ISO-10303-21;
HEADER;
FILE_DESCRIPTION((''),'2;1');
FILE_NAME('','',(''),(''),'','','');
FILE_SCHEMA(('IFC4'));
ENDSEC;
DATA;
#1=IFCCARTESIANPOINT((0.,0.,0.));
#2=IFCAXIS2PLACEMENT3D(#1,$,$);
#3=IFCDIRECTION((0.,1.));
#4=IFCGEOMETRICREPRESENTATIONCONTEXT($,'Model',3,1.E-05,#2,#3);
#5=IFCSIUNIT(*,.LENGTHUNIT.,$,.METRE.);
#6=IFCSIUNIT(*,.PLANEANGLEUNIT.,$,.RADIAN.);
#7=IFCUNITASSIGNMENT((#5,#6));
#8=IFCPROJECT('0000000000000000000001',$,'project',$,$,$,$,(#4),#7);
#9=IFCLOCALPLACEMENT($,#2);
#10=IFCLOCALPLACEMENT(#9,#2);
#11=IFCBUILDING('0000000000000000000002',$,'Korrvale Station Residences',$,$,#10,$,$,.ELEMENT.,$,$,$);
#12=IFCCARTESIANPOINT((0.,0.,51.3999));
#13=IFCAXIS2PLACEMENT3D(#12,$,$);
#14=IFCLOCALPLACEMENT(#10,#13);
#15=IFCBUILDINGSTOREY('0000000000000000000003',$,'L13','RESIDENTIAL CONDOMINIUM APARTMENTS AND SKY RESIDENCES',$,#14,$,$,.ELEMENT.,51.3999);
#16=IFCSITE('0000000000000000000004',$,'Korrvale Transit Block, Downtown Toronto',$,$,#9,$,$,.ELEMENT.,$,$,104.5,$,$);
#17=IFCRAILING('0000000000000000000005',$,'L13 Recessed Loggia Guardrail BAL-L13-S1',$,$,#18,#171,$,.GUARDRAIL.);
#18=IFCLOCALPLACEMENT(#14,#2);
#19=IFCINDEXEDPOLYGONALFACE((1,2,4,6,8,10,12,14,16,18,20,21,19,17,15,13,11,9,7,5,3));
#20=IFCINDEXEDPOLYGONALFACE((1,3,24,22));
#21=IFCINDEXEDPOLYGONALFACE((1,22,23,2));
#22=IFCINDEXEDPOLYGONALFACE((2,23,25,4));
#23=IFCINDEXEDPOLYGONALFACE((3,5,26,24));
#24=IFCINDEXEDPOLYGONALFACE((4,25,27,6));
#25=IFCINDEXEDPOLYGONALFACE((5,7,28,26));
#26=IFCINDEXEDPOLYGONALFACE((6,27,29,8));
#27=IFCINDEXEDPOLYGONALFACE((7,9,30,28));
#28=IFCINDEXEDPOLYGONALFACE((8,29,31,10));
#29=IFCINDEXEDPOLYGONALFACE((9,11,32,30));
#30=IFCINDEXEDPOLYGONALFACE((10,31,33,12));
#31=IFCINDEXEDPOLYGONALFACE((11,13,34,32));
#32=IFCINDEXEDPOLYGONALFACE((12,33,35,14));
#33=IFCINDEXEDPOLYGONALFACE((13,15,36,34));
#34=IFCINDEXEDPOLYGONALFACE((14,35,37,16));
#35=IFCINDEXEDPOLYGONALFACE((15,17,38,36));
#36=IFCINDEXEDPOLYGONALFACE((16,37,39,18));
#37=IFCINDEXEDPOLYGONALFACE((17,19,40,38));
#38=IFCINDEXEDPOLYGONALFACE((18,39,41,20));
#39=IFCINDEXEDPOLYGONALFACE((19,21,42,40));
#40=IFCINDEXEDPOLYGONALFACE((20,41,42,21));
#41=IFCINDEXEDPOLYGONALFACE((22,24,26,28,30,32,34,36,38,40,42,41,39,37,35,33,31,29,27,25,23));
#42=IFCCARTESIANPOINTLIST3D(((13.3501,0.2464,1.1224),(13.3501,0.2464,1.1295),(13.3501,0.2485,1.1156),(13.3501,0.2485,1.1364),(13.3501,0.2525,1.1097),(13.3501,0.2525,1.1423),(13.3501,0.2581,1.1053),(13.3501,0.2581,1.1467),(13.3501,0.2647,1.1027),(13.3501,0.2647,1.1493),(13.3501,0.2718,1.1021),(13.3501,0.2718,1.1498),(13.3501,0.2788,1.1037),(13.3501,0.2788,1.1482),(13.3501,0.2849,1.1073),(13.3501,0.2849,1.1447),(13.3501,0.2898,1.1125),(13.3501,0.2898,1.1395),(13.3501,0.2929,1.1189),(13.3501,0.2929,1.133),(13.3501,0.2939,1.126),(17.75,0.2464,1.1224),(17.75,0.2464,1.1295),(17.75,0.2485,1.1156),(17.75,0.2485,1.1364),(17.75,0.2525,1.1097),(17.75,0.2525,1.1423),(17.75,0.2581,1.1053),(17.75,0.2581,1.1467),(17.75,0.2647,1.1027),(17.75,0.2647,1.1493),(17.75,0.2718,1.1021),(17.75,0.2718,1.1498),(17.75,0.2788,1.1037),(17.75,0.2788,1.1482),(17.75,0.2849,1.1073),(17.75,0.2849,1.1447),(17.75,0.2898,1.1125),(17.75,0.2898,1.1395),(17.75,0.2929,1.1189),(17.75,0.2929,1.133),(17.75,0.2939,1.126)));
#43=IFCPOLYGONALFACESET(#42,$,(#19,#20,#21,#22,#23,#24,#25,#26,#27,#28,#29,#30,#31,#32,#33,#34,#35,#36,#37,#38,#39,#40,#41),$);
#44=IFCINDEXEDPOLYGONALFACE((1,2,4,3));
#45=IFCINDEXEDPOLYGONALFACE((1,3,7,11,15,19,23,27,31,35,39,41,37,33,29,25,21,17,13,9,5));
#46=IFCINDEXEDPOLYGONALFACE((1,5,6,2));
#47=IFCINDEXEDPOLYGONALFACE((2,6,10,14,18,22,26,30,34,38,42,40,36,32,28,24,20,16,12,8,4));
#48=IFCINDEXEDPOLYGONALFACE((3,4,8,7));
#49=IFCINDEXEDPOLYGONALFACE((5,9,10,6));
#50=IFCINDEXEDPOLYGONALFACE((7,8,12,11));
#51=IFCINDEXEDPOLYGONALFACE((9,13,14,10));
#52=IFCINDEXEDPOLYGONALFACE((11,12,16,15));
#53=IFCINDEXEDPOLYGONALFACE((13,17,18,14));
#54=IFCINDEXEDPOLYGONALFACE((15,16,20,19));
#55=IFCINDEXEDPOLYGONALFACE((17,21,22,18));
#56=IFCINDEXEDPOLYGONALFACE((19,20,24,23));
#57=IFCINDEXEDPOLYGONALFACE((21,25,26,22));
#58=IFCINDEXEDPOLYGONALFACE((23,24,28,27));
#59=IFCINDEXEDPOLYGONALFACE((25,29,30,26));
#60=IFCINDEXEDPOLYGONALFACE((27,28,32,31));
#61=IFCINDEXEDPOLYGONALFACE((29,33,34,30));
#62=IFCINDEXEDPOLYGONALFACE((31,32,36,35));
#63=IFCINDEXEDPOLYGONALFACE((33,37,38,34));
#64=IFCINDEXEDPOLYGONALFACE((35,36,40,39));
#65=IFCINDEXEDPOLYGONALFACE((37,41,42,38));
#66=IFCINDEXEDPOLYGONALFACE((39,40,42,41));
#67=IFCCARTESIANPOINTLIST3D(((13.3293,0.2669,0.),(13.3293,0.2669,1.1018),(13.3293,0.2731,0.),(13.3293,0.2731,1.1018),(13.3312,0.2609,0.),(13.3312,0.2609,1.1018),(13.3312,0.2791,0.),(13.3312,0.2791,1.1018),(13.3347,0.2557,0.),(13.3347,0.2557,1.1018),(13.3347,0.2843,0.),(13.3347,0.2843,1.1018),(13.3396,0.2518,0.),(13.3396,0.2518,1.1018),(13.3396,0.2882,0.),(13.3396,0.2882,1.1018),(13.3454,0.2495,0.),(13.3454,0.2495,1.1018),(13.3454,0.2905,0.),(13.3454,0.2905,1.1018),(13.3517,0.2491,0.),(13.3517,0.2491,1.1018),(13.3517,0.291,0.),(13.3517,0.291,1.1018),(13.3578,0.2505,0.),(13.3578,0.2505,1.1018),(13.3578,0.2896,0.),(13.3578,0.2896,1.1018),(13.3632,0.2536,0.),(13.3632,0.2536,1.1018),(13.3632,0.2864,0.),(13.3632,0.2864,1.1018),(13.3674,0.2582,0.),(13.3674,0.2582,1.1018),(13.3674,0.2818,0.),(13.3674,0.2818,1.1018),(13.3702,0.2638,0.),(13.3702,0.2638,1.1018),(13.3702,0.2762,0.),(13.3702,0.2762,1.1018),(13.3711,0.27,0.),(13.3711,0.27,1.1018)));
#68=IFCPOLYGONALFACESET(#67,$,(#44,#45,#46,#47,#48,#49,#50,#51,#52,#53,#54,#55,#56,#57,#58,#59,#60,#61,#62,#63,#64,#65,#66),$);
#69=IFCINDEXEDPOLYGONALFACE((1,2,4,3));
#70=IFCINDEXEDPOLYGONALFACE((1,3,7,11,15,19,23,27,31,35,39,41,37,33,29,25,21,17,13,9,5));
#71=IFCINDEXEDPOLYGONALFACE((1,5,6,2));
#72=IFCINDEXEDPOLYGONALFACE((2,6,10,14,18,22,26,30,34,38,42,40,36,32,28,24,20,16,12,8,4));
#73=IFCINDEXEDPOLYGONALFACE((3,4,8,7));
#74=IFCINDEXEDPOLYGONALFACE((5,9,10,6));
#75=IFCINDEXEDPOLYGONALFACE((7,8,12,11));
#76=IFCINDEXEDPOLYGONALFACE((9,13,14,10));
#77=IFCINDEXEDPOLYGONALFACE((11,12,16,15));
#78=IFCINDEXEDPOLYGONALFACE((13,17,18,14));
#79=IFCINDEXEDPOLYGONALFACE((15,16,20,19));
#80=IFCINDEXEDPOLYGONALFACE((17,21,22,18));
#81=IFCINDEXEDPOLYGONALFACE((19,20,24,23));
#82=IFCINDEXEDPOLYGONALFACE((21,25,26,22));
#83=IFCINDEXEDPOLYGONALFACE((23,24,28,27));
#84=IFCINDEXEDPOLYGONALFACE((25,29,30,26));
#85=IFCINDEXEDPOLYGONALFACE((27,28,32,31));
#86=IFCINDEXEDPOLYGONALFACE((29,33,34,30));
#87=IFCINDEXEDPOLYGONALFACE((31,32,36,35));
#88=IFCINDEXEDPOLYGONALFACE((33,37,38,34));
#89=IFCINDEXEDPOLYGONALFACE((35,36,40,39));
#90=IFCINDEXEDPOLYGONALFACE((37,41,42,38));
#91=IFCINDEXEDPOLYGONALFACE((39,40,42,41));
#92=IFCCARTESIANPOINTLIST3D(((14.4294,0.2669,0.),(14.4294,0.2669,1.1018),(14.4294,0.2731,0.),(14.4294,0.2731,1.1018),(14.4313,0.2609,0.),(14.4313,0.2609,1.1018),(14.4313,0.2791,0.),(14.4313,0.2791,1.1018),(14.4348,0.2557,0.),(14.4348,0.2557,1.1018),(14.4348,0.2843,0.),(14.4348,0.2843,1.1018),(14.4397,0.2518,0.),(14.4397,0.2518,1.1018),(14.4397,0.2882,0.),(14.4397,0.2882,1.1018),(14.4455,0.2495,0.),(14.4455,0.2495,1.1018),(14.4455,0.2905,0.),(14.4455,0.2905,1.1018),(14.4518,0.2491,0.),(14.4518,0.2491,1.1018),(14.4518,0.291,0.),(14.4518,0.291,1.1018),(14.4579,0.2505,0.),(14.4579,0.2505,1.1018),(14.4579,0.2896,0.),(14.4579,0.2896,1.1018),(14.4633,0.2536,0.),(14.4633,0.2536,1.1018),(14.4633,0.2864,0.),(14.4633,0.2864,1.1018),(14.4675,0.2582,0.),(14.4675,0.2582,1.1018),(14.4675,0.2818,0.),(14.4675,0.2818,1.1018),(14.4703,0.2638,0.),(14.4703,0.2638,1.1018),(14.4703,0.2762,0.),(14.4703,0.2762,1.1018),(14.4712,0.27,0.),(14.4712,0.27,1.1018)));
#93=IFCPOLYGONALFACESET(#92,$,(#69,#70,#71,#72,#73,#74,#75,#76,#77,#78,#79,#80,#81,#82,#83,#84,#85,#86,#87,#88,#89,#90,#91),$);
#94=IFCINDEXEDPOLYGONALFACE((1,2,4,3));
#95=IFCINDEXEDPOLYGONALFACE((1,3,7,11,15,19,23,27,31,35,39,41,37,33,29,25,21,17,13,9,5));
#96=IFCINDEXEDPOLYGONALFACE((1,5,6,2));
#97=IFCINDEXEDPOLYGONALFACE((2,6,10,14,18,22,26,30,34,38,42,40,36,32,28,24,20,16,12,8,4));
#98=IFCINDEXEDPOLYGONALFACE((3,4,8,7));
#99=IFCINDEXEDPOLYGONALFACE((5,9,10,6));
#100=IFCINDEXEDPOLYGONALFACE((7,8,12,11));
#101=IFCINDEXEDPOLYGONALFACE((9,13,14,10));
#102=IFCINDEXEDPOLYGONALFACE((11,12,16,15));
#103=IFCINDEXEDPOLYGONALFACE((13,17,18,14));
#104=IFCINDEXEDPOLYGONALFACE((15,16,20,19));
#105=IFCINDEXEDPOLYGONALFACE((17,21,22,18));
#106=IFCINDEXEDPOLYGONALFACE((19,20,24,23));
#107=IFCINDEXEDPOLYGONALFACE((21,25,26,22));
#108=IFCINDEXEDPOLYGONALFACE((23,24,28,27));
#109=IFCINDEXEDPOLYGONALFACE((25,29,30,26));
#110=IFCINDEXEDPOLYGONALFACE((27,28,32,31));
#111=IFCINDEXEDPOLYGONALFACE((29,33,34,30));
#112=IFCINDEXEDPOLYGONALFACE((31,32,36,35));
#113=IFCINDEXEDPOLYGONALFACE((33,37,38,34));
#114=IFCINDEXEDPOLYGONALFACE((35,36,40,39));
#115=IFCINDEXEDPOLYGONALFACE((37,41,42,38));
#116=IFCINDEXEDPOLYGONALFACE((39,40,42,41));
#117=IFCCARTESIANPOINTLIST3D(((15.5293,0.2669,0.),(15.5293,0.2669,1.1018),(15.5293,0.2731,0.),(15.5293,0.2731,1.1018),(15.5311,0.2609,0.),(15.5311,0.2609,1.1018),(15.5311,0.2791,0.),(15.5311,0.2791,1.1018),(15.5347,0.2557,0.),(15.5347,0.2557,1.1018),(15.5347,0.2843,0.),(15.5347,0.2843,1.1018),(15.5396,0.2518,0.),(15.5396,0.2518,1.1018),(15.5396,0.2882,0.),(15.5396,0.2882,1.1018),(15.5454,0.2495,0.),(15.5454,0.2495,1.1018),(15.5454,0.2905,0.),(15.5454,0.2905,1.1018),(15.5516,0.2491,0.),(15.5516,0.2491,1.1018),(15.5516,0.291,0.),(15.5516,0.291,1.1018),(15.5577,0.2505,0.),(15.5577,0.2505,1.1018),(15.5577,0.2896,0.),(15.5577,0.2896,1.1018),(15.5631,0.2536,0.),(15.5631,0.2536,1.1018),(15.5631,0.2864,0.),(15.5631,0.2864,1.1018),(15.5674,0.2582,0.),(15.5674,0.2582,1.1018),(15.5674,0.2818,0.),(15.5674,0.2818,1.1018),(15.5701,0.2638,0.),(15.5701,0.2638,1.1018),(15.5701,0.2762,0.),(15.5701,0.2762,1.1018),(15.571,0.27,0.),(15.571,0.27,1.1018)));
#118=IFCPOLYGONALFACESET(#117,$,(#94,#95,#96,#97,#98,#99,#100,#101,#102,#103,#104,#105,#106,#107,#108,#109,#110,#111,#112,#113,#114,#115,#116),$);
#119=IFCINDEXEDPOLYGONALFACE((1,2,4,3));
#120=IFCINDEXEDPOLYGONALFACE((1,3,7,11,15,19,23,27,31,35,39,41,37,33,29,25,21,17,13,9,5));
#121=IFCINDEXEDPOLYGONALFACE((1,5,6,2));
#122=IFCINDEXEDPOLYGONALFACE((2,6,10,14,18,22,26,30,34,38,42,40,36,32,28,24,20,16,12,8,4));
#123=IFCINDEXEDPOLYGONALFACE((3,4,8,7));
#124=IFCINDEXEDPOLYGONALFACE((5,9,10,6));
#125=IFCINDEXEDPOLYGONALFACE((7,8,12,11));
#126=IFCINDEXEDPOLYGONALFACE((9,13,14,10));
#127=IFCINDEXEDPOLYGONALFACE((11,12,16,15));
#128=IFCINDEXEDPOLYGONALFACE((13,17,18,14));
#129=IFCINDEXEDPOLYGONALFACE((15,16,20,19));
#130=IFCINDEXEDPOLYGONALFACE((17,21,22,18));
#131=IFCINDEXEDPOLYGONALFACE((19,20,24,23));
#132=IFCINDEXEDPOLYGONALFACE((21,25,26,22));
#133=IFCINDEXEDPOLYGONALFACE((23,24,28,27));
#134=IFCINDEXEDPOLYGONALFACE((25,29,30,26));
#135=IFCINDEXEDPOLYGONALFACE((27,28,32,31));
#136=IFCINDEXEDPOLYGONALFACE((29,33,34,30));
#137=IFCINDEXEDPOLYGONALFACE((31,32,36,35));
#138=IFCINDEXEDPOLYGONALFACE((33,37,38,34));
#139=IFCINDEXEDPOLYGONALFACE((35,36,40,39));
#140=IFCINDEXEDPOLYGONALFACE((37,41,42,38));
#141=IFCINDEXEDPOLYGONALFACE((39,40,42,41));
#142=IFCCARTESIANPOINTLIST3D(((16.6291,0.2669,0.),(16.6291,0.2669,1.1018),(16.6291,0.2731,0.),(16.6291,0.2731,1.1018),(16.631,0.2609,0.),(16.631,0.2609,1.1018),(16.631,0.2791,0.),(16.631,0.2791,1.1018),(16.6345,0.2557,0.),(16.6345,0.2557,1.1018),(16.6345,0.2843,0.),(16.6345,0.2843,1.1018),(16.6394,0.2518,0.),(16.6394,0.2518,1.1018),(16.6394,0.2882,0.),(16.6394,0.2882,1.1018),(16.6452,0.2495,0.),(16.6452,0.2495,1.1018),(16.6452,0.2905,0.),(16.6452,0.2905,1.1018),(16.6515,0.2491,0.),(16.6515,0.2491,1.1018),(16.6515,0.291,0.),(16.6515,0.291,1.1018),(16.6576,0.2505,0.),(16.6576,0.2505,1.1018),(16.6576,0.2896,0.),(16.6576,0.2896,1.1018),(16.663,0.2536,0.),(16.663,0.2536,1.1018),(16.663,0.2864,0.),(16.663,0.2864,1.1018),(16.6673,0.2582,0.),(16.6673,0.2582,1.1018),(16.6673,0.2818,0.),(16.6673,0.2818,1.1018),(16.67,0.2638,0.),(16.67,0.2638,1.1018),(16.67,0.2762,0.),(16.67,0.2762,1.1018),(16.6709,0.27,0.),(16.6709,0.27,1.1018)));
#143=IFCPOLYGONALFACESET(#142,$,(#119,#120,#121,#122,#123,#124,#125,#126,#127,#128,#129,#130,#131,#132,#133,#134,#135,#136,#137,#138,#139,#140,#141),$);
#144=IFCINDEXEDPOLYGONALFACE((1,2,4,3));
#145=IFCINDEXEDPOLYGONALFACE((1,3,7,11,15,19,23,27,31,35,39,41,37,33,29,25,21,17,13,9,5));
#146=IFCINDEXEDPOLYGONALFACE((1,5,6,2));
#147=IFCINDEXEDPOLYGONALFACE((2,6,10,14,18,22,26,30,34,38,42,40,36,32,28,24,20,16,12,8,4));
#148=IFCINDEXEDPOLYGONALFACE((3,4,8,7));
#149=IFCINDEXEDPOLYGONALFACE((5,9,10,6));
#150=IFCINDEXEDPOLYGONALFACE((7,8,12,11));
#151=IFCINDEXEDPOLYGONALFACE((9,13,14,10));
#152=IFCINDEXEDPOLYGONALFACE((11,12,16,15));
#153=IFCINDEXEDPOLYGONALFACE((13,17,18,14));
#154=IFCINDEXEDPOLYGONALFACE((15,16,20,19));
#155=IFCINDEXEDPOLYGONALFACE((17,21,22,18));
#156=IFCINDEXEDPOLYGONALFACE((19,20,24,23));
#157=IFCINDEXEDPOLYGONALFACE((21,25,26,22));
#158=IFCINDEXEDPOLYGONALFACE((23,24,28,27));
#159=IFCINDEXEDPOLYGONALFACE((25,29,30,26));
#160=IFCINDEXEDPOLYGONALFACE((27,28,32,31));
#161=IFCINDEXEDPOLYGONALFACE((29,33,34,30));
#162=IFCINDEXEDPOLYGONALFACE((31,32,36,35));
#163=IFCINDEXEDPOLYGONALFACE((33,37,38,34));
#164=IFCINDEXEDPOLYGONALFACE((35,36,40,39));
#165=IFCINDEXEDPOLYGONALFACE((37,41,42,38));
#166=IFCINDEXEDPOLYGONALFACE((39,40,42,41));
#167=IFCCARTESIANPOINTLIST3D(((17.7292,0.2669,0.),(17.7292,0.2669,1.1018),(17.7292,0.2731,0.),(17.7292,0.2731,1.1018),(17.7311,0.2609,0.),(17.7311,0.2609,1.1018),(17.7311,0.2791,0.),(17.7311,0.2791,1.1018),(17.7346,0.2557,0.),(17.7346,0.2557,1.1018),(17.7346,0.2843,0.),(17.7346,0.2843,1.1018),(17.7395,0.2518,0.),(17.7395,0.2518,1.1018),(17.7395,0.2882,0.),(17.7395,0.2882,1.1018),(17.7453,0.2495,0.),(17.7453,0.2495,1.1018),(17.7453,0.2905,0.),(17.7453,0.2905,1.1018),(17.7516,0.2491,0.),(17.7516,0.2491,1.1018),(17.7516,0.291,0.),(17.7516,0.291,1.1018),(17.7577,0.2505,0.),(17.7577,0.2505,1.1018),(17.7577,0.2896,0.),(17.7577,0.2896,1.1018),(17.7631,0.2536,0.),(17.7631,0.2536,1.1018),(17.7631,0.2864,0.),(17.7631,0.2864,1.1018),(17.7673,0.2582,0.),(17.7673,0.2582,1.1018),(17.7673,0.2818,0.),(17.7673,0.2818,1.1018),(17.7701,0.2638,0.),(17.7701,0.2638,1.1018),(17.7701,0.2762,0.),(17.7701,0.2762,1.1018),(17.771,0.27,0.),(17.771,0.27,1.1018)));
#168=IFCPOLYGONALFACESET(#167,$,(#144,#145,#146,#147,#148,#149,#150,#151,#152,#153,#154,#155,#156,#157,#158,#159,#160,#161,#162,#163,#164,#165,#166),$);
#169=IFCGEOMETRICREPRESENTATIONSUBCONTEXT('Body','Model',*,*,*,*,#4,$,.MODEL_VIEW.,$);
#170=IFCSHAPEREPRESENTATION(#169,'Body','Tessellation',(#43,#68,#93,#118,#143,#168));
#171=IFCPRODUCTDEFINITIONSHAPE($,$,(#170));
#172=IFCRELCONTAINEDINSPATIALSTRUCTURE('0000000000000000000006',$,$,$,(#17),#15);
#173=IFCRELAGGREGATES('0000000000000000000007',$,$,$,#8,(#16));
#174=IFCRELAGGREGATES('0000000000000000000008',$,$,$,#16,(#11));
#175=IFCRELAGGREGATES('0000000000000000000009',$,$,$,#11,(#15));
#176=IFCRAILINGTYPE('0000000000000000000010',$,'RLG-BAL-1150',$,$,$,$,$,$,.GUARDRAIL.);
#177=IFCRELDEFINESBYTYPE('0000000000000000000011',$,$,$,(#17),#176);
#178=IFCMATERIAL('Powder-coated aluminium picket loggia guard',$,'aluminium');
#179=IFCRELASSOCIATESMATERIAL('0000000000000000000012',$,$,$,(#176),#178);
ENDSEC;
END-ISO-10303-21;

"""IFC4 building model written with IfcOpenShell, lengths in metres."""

from ifc_helpers import new_model, si_unit, direction, frame, origin, origin_2d, place, context, subcontext, project, spatial, circle, extrude, material, type_object, element, save


model = new_model("IFC4")

# Units and contexts
model_context = context("Model", 3, precision=1e-05, world=origin(), true_north=direction((0.0, 1.0)))
body_context = subcontext(model_context, "Body", "Model", "MODEL_VIEW")
ifc_project = project(units=[si_unit("LENGTHUNIT", "METRE"), si_unit("PLANEANGLEUNIT", "RADIAN")], contexts=[model_context])

# Site, building, storey
site_placement = place(None, origin())
site = spatial("IfcSite", under=ifc_project, at=site_placement, Name="Korrvale Transit Block, Downtown Toronto", CompositionType="ELEMENT", RefElevation=104.5)
building_placement = place(site_placement, origin())
building = spatial("IfcBuilding", under=site, at=building_placement, Name="Korrvale Station Residences", CompositionType="ELEMENT")
storey_placement = place(building_placement, frame((0.0, 0.0, 51.3999)))
storey = spatial("IfcBuildingStorey", under=building, at=storey_placement, Name="L13", Description="RESIDENTIAL CONDOMINIUM APARTMENTS AND SKY RESIDENCES", CompositionType="ELEMENT", Elevation=51.3999)

# Railing
ifc_material_1 = material(Name="Powder-coated aluminium picket loggia guard", Category="aluminium")
railing_type = type_object("IfcRailingType", Name="RLG-BAL-1150", PredefinedType="GUARDRAIL", material=ifc_material_1)
railing_placement = place(storey_placement, frame((13.3501, 0.27, 0.0)))
element("IfcRailing", 1, at=railing_placement, inside=storey, type_object=railing_type, Name="L13 Recessed Loggia Guardrail BAL-L13-S1", PredefinedType="GUARDRAIL", context=body_context, shape_type="SweptSolid", body=[
    extrude(circle(Radius=0.0239, at=origin_2d()), frame((0.0, 0.0, 1.126), z_axis=(1.0, 0.0, 0.0), x_axis=(0.0, 1.0, 0.0)), (0.0, 0.0, 1.0), 4.3999),
    extrude(circle(Radius=0.021, at=origin_2d()), origin(), (0.0, 0.0, 1.0), 1.1018),
    extrude(circle(Radius=0.021, at=origin_2d()), frame((1.1001, 0.0, 0.0)), (0.0, 0.0, 1.0), 1.1018),
    extrude(circle(Radius=0.021, at=origin_2d()), frame((2.2, 0.0, 0.0)), (0.0, 0.0, 1.0), 1.1018),
    extrude(circle(Radius=0.021, at=origin_2d()), frame((3.2998, 0.0, 0.0)), (0.0, 0.0, 1.0), 1.1018),
    extrude(circle(Radius=0.021, at=origin_2d()), frame((4.3999, 0.0, 0.0)), (0.0, 0.0, 1.0), 1.1018),
])

save(model, "model.ifc")
